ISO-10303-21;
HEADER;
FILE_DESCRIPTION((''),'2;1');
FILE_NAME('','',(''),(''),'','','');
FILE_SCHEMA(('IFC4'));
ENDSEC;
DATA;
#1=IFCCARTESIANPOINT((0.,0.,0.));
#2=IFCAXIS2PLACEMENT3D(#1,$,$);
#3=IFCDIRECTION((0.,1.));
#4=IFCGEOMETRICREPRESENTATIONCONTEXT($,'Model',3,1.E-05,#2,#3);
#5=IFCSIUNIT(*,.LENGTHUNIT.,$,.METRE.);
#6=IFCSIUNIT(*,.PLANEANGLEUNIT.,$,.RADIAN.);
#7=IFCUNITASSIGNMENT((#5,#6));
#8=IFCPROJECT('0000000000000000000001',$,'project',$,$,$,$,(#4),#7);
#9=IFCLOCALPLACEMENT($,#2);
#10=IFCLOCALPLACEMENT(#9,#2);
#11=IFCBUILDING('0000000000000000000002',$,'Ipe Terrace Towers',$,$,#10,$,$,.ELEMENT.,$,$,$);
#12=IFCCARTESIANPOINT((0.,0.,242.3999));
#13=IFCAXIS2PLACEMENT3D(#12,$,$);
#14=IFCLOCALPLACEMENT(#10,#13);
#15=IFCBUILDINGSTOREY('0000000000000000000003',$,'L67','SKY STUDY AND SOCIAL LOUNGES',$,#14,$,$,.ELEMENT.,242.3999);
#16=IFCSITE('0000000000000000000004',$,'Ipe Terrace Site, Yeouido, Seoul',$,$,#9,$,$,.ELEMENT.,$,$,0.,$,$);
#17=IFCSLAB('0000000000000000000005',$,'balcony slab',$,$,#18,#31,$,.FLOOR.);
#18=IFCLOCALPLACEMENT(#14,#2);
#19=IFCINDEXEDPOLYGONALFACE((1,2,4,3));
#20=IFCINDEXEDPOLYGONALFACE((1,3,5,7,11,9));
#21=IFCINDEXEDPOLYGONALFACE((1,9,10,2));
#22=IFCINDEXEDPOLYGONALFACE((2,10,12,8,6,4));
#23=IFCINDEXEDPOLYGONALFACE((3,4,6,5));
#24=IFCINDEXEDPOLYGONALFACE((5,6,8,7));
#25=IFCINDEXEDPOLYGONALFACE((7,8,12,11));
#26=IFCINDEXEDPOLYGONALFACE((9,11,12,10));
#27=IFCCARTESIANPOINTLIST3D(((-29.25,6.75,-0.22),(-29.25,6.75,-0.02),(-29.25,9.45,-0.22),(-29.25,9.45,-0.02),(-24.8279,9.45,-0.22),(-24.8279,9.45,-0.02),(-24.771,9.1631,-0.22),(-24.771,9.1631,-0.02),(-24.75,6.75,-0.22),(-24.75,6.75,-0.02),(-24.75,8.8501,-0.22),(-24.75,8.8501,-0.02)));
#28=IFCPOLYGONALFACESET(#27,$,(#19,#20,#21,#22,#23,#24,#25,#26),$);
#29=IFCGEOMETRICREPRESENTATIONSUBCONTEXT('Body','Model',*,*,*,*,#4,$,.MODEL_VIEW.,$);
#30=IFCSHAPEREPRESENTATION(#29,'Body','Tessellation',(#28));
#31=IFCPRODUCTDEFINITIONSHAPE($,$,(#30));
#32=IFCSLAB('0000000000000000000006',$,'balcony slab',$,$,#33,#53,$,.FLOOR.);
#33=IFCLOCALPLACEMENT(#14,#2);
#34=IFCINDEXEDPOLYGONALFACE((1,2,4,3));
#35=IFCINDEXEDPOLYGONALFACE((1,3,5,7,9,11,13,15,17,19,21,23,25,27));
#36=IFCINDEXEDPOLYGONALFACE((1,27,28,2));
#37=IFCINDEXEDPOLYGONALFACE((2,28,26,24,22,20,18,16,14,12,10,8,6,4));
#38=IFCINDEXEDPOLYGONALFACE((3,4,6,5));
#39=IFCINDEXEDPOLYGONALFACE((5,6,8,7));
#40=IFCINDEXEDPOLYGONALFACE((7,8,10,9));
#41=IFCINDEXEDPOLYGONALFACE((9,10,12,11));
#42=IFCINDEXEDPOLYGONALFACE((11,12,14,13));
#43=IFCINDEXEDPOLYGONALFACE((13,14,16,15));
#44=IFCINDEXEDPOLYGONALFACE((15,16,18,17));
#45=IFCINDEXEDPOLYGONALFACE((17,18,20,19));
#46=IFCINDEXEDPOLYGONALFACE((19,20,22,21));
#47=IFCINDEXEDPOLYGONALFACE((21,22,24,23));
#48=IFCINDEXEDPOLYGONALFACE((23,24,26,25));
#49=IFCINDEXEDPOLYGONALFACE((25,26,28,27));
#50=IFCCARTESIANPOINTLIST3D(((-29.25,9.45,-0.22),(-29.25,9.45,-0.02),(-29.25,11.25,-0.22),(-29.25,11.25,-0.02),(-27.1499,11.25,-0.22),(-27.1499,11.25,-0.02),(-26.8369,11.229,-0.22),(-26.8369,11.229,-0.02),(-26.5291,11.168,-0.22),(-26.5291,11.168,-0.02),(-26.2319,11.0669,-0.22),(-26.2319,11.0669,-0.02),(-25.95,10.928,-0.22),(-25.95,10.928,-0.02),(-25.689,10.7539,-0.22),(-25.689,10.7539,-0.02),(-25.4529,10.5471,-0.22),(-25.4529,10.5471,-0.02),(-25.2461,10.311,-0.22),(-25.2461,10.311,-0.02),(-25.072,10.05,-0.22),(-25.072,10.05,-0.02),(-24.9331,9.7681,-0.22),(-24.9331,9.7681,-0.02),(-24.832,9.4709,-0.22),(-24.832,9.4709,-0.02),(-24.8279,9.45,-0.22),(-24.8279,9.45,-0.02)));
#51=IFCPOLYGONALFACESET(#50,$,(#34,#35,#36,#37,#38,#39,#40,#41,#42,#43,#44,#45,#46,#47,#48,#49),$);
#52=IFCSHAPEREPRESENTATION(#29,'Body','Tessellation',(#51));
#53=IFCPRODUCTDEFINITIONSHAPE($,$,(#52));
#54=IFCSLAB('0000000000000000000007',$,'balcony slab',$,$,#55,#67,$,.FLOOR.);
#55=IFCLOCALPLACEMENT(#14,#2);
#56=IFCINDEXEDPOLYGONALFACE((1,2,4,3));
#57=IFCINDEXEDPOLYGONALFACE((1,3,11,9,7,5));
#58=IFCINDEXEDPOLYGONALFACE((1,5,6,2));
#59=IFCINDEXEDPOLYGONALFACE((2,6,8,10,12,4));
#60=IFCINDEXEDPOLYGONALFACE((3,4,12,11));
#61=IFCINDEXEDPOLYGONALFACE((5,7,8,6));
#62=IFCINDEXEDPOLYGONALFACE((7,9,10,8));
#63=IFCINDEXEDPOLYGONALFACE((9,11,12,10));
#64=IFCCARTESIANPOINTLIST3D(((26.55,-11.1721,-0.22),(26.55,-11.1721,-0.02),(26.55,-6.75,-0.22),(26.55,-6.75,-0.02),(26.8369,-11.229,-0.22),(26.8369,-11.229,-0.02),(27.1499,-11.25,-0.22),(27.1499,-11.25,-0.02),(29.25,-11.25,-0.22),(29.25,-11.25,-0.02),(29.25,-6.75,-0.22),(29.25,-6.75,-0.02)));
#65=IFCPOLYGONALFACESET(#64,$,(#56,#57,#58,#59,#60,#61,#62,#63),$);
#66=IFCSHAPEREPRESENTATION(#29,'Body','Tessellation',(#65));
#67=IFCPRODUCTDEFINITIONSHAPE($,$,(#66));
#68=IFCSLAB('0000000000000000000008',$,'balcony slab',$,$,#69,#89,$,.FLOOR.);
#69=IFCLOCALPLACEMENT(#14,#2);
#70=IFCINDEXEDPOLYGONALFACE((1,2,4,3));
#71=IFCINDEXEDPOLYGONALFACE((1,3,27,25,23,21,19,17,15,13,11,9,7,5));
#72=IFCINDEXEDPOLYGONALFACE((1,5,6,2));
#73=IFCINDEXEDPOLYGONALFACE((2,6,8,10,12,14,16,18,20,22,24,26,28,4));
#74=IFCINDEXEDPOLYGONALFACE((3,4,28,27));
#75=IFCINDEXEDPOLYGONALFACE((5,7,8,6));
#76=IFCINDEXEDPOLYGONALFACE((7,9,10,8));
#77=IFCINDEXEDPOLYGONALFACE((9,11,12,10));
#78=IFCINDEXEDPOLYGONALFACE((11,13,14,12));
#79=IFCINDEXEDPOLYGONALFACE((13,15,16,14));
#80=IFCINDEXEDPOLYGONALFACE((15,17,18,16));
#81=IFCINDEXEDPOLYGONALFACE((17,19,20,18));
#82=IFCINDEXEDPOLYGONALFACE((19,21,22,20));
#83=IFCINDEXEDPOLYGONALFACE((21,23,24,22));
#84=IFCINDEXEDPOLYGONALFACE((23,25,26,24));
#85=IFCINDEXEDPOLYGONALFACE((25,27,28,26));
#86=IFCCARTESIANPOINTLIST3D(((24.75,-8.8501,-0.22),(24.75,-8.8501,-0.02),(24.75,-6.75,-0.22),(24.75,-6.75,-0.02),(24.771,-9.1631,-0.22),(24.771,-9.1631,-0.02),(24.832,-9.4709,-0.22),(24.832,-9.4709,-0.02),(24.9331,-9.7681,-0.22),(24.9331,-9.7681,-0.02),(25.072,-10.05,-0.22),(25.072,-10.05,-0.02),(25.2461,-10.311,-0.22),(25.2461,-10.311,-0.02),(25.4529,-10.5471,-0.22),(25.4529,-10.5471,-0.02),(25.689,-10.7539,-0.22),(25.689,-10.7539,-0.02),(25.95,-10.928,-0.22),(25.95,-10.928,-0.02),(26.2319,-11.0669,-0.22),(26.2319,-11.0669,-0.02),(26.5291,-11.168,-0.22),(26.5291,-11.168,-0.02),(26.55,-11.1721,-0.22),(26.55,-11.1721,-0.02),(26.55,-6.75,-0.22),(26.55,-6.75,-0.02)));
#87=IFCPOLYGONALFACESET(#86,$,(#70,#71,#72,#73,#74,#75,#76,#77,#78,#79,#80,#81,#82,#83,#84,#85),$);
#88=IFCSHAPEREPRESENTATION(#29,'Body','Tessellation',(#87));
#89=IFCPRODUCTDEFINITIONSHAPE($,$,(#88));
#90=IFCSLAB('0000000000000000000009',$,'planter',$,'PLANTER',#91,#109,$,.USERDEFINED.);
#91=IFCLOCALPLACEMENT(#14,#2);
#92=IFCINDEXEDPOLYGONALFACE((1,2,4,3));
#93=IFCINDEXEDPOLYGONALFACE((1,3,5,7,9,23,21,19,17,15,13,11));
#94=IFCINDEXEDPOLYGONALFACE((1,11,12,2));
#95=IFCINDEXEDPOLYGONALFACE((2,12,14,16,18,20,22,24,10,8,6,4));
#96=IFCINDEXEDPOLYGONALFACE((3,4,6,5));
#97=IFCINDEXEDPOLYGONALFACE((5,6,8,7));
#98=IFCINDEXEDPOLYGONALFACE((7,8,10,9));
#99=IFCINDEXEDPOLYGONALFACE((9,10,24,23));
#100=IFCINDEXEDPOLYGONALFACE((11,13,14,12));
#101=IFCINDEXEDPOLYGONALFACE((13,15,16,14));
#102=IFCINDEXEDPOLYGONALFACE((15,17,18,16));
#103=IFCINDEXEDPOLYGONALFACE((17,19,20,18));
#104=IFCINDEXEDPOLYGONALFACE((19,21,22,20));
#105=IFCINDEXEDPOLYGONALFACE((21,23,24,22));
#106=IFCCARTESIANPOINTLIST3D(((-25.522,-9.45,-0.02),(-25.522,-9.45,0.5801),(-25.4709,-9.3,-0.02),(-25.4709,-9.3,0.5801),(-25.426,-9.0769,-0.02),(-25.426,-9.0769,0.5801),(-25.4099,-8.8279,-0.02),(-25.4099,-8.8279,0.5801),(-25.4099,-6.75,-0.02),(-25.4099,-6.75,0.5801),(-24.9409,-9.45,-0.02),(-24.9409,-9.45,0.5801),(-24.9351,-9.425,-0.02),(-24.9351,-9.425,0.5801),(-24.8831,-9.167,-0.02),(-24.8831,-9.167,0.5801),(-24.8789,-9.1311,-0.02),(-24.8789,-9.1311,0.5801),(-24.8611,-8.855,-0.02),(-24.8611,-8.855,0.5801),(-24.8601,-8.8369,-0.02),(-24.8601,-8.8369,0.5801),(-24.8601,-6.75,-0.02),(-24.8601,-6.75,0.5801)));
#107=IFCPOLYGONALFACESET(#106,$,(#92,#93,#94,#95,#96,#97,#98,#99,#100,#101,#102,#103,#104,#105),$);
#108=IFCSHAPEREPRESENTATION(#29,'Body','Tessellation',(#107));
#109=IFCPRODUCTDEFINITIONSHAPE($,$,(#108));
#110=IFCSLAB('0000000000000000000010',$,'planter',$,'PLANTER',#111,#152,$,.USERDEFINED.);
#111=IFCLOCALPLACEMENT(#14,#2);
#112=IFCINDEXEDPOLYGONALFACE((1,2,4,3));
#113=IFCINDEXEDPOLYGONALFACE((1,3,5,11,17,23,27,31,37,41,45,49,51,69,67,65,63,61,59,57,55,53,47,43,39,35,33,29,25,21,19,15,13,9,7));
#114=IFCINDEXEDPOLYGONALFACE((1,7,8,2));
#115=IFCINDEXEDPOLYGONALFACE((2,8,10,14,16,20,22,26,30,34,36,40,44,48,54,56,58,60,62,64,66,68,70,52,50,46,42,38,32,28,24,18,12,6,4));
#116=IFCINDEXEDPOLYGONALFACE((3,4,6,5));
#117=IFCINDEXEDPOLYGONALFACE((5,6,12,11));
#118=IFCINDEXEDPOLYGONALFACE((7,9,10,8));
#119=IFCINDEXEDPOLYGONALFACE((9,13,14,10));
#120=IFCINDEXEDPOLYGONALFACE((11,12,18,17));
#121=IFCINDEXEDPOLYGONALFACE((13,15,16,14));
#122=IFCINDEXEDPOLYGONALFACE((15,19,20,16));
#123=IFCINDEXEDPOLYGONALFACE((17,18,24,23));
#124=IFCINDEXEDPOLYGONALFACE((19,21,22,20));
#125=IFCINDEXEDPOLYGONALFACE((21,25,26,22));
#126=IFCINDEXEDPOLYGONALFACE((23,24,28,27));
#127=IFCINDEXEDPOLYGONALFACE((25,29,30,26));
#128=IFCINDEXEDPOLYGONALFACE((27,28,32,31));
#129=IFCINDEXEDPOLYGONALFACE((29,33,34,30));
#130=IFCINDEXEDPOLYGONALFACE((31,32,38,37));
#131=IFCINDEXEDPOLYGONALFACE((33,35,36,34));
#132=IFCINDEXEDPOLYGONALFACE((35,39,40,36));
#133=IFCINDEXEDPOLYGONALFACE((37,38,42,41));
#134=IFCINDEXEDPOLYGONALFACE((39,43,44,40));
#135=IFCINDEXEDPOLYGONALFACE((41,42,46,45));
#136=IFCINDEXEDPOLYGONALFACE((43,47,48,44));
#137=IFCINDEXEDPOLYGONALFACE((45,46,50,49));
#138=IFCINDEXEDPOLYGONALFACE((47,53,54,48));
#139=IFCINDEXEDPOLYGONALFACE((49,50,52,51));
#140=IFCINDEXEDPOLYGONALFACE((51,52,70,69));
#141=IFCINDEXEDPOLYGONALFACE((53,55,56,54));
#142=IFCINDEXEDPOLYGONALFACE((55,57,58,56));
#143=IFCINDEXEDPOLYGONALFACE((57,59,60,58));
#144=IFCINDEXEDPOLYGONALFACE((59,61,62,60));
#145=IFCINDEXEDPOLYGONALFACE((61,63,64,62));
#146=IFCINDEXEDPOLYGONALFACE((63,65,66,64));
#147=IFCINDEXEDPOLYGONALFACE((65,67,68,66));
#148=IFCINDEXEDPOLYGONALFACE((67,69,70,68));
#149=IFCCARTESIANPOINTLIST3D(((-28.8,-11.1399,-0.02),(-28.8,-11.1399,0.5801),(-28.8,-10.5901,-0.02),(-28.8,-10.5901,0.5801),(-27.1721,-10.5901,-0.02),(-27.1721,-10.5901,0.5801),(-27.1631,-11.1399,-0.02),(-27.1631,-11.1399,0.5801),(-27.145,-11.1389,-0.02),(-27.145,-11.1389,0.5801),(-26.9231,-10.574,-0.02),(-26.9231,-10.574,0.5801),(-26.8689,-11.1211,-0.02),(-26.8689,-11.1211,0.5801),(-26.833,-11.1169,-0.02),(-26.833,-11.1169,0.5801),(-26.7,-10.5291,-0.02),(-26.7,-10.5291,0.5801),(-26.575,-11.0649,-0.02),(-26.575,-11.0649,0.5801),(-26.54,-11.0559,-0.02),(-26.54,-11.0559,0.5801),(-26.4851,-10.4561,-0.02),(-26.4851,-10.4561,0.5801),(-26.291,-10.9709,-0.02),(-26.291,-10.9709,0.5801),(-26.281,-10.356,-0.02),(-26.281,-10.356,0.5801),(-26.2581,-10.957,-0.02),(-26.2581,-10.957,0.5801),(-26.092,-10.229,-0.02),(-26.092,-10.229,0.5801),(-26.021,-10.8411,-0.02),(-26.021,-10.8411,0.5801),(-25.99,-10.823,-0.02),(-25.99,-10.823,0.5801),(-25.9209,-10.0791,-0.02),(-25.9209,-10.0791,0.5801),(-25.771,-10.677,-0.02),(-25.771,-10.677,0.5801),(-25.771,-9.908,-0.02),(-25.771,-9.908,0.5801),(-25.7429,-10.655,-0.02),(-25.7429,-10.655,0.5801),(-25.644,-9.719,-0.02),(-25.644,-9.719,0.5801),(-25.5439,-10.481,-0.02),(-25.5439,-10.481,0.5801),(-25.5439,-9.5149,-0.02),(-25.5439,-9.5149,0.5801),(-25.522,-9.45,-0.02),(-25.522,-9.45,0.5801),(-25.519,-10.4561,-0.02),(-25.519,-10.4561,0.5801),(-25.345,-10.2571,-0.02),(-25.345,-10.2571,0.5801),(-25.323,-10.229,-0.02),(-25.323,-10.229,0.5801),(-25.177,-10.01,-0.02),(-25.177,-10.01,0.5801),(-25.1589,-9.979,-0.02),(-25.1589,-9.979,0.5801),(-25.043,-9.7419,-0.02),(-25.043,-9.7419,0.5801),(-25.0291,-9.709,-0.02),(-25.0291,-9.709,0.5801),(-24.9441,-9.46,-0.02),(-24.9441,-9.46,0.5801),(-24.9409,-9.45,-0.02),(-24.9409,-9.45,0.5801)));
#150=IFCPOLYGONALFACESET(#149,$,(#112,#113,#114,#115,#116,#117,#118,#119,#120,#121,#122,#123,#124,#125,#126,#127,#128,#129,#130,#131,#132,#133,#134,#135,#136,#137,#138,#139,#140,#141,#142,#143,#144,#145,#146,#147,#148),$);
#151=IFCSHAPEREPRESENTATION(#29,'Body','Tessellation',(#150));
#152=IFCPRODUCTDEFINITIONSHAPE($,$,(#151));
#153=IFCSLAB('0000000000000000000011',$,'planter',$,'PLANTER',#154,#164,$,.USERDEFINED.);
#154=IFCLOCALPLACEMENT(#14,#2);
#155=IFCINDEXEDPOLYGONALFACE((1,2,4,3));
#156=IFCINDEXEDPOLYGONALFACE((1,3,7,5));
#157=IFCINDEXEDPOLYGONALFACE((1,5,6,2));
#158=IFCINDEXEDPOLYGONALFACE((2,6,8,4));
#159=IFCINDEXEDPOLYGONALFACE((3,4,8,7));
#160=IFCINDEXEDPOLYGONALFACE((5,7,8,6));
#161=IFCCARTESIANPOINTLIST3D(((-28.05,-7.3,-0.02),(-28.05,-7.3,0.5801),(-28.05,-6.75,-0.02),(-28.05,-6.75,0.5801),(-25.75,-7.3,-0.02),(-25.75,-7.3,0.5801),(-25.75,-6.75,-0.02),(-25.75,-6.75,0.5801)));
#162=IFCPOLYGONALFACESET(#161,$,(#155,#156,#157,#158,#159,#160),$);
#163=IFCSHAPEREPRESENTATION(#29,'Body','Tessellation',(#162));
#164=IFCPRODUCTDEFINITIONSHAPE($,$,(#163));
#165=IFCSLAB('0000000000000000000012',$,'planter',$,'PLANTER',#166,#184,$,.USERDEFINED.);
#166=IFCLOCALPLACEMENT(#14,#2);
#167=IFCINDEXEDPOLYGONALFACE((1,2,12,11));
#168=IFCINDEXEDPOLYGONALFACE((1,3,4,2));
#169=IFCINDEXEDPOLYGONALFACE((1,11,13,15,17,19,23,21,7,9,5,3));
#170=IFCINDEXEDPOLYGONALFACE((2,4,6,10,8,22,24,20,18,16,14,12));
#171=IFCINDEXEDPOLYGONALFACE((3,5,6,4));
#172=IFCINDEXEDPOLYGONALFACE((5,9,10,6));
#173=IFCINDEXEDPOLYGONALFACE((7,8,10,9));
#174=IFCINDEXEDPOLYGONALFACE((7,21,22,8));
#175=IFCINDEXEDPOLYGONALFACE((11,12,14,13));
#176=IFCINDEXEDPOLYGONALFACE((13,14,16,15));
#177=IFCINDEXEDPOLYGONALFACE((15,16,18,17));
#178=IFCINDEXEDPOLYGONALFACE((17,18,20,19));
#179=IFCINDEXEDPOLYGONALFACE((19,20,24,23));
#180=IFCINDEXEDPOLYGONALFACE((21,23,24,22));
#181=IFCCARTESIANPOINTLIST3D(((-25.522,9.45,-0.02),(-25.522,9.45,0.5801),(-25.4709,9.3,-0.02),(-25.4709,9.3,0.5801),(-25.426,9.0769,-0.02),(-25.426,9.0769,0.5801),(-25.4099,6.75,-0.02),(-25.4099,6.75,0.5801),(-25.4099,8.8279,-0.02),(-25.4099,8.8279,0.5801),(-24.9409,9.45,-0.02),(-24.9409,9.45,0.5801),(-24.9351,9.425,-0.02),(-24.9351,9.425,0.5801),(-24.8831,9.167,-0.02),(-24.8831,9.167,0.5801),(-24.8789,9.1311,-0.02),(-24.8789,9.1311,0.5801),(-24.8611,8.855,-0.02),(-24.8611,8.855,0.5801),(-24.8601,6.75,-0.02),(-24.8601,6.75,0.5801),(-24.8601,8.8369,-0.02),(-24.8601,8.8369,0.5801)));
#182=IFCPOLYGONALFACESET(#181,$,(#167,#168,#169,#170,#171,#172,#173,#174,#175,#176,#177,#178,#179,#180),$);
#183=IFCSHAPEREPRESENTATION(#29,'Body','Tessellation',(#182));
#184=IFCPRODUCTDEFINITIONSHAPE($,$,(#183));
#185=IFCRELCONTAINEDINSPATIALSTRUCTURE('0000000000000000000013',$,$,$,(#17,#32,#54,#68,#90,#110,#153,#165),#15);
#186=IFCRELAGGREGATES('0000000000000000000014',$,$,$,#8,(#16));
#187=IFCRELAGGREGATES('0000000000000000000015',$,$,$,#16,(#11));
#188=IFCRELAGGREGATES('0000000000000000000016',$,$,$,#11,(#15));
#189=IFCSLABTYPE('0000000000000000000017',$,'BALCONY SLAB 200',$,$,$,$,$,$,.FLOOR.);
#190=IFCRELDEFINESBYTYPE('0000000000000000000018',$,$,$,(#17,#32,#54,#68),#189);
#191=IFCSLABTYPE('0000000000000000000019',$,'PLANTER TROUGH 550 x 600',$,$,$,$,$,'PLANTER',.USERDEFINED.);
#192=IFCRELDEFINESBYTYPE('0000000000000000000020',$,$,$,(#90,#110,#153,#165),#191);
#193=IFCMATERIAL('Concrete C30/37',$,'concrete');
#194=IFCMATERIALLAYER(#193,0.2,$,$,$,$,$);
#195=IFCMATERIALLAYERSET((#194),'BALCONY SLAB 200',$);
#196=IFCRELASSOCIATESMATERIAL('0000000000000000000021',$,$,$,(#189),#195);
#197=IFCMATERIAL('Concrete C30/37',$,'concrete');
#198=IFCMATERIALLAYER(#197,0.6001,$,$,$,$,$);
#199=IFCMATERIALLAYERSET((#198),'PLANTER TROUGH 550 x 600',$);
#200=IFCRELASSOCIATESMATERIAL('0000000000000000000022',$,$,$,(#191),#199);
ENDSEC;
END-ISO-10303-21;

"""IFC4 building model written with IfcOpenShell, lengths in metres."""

from ifc_helpers import new_model, si_unit, direction, frame, origin, place, context, subcontext, project, spatial, polyline, outline, extrude, material, layer, layer_set, type_object, element, save


model = new_model("IFC4")

# Units and contexts
model_context = context("Model", 3, precision=1e-05, world=origin(), true_north=direction((0.0, 1.0)))
body_context = subcontext(model_context, "Body", "Model", "MODEL_VIEW")
ifc_project = project(units=[si_unit("LENGTHUNIT", "METRE"), si_unit("PLANEANGLEUNIT", "RADIAN")], contexts=[model_context])

# Site, building, storey
site_placement = place(None, origin())
site = spatial("IfcSite", under=ifc_project, at=site_placement, Name="Ipe Terrace Site, Yeouido, Seoul", CompositionType="ELEMENT", RefElevation=0.0)
building_placement = place(site_placement, origin())
building = spatial("IfcBuilding", under=site, at=building_placement, Name="Ipe Terrace Towers", CompositionType="ELEMENT")
storey_placement = place(building_placement, frame((0.0, 0.0, 242.3999)))
storey = spatial("IfcBuildingStorey", under=building, at=storey_placement, Name="L67", Description="SKY STUDY AND SOCIAL LOUNGES", CompositionType="ELEMENT", Elevation=242.3999)

# Slabs
ifc_material_1 = material(Name="Concrete C30/37", Category="concrete")
ifc_layer_1 = layer(ifc_material_1, 0.2)
ifc_layer_set_1 = layer_set([ifc_layer_1], Name="BALCONY SLAB 200")
slab_type_1 = type_object("IfcSlabType", Name="BALCONY SLAB 200", PredefinedType="FLOOR", material=ifc_layer_set_1)
slab_1_placement = place(storey_placement, frame((0.0, 0.0, -0.22)))
element("IfcSlab", 1, at=slab_1_placement, inside=storey, type_object=slab_type_1, Name="balcony slab", PredefinedType="FLOOR", context=body_context, shape_type="SweptSolid", body=[
    extrude(outline(polyline([(-24.771, 9.1631), (-24.8279, 9.45), (-29.25, 9.45), (-29.25, 6.75), (-24.75, 6.75), (-24.75, 8.8501), (-24.771, 9.1631)])), origin(), (0.0, 0.0, 1.0), 0.2),
])
slab_2_placement = place(storey_placement, frame((0.0, 0.0, -0.22)))
element("IfcSlab", 2, at=slab_2_placement, inside=storey, type_object=slab_type_1, Name="balcony slab", PredefinedType="FLOOR", context=body_context, shape_type="SweptSolid", body=[
    extrude(outline(polyline([(-29.25, 11.25), (-29.25, 9.45), (-24.8279, 9.45), (-24.832, 9.4709), (-24.9331, 9.7681), (-25.072, 10.05), (-25.2461, 10.311), (-25.4529, 10.5471), (-25.689, 10.7539), (-25.95, 10.928), (-26.2319, 11.0669), (-26.5291, 11.168), (-26.8369, 11.229), (-27.1499, 11.25), (-29.25, 11.25)])), origin(), (0.0, 0.0, 1.0), 0.2),
])
slab_3_placement = place(storey_placement, frame((0.0, 0.0, -0.22)))
element("IfcSlab", 3, at=slab_3_placement, inside=storey, type_object=slab_type_1, Name="balcony slab", PredefinedType="FLOOR", context=body_context, shape_type="SweptSolid", body=[
    extrude(outline(polyline([(26.8369, -11.229), (27.1499, -11.25), (29.25, -11.25), (29.25, -6.75), (26.55, -6.75), (26.55, -11.1721), (26.8369, -11.229)])), origin(), (0.0, 0.0, 1.0), 0.2),
])
slab_4_placement = place(storey_placement, frame((0.0, 0.0, -0.22)))
element("IfcSlab", 4, at=slab_4_placement, inside=storey, type_object=slab_type_1, Name="balcony slab", PredefinedType="FLOOR", context=body_context, shape_type="SweptSolid", body=[
    extrude(outline(polyline([(24.75, -6.75), (24.75, -8.8501), (24.771, -9.1631), (24.832, -9.4709), (24.9331, -9.7681), (25.072, -10.05), (25.2461, -10.311), (25.4529, -10.5471), (25.689, -10.7539), (25.95, -10.928), (26.2319, -11.0669), (26.5291, -11.168), (26.55, -11.1721), (26.55, -6.75), (24.75, -6.75)])), origin(), (0.0, 0.0, 1.0), 0.2),
])
ifc_material_2 = material(Name="Concrete C30/37", Category="concrete")
ifc_layer_2 = layer(ifc_material_2, 0.6001)
ifc_layer_set_2 = layer_set([ifc_layer_2], Name="PLANTER TROUGH 550 x 600")
slab_type_2 = type_object("IfcSlabType", Name="PLANTER TROUGH 550 x 600", ElementType="PLANTER", PredefinedType="USERDEFINED", material=ifc_layer_set_2)
slab_5_placement = place(storey_placement, frame((0.0, 0.0, -0.02)))
element("IfcSlab", 5, at=slab_5_placement, inside=storey, type_object=slab_type_2, Name="planter", ObjectType="PLANTER", PredefinedType="USERDEFINED", context=body_context, shape_type="SweptSolid", body=[
    extrude(outline(polyline([(-25.4709, -9.3), (-25.522, -9.45), (-24.9409, -9.45), (-24.9351, -9.425), (-24.8831, -9.167), (-24.8789, -9.1311), (-24.8611, -8.855), (-24.8601, -8.8369), (-24.8601, -6.75), (-25.4099, -6.75), (-25.4099, -8.8279), (-25.426, -9.0769), (-25.4709, -9.3)])), origin(), (0.0, 0.0, 1.0), 0.6001),
])
slab_6_placement = place(storey_placement, frame((0.0, 0.0, -0.02)))
element("IfcSlab", 6, at=slab_6_placement, inside=storey, type_object=slab_type_2, Name="planter", ObjectType="PLANTER", PredefinedType="USERDEFINED", context=body_context, shape_type="SweptSolid", body=[
    extrude(outline(polyline([(-25.5439, -9.5149), (-25.644, -9.719), (-25.771, -9.908), (-25.9209, -10.0791), (-26.092, -10.229), (-26.281, -10.356), (-26.4851, -10.4561), (-26.7, -10.5291), (-26.9231, -10.574), (-27.1721, -10.5901), (-28.8, -10.5901), (-28.8, -11.1399), (-27.1631, -11.1399), (-27.145, -11.1389), (-26.8689, -11.1211), (-26.833, -11.1169), (-26.575, -11.0649), (-26.54, -11.0559), (-26.291, -10.9709), (-26.2581, -10.957), (-26.021, -10.8411), (-25.99, -10.823), (-25.771, -10.677), (-25.7429, -10.655), (-25.5439, -10.481), (-25.519, -10.4561), (-25.345, -10.2571), (-25.323, -10.229), (-25.177, -10.01), (-25.1589, -9.979), (-25.043, -9.7419), (-25.0291, -9.709), (-24.9441, -9.46), (-24.9409, -9.45), (-25.522, -9.45), (-25.5439, -9.5149)])), origin(), (0.0, 0.0, 1.0), 0.6001),
])
slab_7_placement = place(storey_placement, frame((0.0, 0.0, -0.02)))
element("IfcSlab", 7, at=slab_7_placement, inside=storey, type_object=slab_type_2, Name="planter", ObjectType="PLANTER", PredefinedType="USERDEFINED", context=body_context, shape_type="SweptSolid", body=[
    extrude(outline(polyline([(-28.05, -6.75), (-28.05, -7.3), (-25.75, -7.3), (-25.75, -6.75), (-28.05, -6.75)])), origin(), (0.0, 0.0, 1.0), 0.6001),
])
slab_8_placement = place(storey_placement, frame((0.0, 0.0, -0.02)))
element("IfcSlab", 8, at=slab_8_placement, inside=storey, type_object=slab_type_2, Name="planter", ObjectType="PLANTER", PredefinedType="USERDEFINED", context=body_context, shape_type="SweptSolid", body=[
    extrude(outline(polyline([(-25.4709, 9.3), (-25.426, 9.0769), (-25.4099, 8.8279), (-25.4099, 6.75), (-24.8601, 6.75), (-24.8601, 8.8369), (-24.8611, 8.855), (-24.8789, 9.1311), (-24.8831, 9.167), (-24.9351, 9.425), (-24.9409, 9.45), (-25.522, 9.45), (-25.4709, 9.3)])), origin(), (0.0, 0.0, 1.0), 0.6001),
])

save(model, "model.ifc")
